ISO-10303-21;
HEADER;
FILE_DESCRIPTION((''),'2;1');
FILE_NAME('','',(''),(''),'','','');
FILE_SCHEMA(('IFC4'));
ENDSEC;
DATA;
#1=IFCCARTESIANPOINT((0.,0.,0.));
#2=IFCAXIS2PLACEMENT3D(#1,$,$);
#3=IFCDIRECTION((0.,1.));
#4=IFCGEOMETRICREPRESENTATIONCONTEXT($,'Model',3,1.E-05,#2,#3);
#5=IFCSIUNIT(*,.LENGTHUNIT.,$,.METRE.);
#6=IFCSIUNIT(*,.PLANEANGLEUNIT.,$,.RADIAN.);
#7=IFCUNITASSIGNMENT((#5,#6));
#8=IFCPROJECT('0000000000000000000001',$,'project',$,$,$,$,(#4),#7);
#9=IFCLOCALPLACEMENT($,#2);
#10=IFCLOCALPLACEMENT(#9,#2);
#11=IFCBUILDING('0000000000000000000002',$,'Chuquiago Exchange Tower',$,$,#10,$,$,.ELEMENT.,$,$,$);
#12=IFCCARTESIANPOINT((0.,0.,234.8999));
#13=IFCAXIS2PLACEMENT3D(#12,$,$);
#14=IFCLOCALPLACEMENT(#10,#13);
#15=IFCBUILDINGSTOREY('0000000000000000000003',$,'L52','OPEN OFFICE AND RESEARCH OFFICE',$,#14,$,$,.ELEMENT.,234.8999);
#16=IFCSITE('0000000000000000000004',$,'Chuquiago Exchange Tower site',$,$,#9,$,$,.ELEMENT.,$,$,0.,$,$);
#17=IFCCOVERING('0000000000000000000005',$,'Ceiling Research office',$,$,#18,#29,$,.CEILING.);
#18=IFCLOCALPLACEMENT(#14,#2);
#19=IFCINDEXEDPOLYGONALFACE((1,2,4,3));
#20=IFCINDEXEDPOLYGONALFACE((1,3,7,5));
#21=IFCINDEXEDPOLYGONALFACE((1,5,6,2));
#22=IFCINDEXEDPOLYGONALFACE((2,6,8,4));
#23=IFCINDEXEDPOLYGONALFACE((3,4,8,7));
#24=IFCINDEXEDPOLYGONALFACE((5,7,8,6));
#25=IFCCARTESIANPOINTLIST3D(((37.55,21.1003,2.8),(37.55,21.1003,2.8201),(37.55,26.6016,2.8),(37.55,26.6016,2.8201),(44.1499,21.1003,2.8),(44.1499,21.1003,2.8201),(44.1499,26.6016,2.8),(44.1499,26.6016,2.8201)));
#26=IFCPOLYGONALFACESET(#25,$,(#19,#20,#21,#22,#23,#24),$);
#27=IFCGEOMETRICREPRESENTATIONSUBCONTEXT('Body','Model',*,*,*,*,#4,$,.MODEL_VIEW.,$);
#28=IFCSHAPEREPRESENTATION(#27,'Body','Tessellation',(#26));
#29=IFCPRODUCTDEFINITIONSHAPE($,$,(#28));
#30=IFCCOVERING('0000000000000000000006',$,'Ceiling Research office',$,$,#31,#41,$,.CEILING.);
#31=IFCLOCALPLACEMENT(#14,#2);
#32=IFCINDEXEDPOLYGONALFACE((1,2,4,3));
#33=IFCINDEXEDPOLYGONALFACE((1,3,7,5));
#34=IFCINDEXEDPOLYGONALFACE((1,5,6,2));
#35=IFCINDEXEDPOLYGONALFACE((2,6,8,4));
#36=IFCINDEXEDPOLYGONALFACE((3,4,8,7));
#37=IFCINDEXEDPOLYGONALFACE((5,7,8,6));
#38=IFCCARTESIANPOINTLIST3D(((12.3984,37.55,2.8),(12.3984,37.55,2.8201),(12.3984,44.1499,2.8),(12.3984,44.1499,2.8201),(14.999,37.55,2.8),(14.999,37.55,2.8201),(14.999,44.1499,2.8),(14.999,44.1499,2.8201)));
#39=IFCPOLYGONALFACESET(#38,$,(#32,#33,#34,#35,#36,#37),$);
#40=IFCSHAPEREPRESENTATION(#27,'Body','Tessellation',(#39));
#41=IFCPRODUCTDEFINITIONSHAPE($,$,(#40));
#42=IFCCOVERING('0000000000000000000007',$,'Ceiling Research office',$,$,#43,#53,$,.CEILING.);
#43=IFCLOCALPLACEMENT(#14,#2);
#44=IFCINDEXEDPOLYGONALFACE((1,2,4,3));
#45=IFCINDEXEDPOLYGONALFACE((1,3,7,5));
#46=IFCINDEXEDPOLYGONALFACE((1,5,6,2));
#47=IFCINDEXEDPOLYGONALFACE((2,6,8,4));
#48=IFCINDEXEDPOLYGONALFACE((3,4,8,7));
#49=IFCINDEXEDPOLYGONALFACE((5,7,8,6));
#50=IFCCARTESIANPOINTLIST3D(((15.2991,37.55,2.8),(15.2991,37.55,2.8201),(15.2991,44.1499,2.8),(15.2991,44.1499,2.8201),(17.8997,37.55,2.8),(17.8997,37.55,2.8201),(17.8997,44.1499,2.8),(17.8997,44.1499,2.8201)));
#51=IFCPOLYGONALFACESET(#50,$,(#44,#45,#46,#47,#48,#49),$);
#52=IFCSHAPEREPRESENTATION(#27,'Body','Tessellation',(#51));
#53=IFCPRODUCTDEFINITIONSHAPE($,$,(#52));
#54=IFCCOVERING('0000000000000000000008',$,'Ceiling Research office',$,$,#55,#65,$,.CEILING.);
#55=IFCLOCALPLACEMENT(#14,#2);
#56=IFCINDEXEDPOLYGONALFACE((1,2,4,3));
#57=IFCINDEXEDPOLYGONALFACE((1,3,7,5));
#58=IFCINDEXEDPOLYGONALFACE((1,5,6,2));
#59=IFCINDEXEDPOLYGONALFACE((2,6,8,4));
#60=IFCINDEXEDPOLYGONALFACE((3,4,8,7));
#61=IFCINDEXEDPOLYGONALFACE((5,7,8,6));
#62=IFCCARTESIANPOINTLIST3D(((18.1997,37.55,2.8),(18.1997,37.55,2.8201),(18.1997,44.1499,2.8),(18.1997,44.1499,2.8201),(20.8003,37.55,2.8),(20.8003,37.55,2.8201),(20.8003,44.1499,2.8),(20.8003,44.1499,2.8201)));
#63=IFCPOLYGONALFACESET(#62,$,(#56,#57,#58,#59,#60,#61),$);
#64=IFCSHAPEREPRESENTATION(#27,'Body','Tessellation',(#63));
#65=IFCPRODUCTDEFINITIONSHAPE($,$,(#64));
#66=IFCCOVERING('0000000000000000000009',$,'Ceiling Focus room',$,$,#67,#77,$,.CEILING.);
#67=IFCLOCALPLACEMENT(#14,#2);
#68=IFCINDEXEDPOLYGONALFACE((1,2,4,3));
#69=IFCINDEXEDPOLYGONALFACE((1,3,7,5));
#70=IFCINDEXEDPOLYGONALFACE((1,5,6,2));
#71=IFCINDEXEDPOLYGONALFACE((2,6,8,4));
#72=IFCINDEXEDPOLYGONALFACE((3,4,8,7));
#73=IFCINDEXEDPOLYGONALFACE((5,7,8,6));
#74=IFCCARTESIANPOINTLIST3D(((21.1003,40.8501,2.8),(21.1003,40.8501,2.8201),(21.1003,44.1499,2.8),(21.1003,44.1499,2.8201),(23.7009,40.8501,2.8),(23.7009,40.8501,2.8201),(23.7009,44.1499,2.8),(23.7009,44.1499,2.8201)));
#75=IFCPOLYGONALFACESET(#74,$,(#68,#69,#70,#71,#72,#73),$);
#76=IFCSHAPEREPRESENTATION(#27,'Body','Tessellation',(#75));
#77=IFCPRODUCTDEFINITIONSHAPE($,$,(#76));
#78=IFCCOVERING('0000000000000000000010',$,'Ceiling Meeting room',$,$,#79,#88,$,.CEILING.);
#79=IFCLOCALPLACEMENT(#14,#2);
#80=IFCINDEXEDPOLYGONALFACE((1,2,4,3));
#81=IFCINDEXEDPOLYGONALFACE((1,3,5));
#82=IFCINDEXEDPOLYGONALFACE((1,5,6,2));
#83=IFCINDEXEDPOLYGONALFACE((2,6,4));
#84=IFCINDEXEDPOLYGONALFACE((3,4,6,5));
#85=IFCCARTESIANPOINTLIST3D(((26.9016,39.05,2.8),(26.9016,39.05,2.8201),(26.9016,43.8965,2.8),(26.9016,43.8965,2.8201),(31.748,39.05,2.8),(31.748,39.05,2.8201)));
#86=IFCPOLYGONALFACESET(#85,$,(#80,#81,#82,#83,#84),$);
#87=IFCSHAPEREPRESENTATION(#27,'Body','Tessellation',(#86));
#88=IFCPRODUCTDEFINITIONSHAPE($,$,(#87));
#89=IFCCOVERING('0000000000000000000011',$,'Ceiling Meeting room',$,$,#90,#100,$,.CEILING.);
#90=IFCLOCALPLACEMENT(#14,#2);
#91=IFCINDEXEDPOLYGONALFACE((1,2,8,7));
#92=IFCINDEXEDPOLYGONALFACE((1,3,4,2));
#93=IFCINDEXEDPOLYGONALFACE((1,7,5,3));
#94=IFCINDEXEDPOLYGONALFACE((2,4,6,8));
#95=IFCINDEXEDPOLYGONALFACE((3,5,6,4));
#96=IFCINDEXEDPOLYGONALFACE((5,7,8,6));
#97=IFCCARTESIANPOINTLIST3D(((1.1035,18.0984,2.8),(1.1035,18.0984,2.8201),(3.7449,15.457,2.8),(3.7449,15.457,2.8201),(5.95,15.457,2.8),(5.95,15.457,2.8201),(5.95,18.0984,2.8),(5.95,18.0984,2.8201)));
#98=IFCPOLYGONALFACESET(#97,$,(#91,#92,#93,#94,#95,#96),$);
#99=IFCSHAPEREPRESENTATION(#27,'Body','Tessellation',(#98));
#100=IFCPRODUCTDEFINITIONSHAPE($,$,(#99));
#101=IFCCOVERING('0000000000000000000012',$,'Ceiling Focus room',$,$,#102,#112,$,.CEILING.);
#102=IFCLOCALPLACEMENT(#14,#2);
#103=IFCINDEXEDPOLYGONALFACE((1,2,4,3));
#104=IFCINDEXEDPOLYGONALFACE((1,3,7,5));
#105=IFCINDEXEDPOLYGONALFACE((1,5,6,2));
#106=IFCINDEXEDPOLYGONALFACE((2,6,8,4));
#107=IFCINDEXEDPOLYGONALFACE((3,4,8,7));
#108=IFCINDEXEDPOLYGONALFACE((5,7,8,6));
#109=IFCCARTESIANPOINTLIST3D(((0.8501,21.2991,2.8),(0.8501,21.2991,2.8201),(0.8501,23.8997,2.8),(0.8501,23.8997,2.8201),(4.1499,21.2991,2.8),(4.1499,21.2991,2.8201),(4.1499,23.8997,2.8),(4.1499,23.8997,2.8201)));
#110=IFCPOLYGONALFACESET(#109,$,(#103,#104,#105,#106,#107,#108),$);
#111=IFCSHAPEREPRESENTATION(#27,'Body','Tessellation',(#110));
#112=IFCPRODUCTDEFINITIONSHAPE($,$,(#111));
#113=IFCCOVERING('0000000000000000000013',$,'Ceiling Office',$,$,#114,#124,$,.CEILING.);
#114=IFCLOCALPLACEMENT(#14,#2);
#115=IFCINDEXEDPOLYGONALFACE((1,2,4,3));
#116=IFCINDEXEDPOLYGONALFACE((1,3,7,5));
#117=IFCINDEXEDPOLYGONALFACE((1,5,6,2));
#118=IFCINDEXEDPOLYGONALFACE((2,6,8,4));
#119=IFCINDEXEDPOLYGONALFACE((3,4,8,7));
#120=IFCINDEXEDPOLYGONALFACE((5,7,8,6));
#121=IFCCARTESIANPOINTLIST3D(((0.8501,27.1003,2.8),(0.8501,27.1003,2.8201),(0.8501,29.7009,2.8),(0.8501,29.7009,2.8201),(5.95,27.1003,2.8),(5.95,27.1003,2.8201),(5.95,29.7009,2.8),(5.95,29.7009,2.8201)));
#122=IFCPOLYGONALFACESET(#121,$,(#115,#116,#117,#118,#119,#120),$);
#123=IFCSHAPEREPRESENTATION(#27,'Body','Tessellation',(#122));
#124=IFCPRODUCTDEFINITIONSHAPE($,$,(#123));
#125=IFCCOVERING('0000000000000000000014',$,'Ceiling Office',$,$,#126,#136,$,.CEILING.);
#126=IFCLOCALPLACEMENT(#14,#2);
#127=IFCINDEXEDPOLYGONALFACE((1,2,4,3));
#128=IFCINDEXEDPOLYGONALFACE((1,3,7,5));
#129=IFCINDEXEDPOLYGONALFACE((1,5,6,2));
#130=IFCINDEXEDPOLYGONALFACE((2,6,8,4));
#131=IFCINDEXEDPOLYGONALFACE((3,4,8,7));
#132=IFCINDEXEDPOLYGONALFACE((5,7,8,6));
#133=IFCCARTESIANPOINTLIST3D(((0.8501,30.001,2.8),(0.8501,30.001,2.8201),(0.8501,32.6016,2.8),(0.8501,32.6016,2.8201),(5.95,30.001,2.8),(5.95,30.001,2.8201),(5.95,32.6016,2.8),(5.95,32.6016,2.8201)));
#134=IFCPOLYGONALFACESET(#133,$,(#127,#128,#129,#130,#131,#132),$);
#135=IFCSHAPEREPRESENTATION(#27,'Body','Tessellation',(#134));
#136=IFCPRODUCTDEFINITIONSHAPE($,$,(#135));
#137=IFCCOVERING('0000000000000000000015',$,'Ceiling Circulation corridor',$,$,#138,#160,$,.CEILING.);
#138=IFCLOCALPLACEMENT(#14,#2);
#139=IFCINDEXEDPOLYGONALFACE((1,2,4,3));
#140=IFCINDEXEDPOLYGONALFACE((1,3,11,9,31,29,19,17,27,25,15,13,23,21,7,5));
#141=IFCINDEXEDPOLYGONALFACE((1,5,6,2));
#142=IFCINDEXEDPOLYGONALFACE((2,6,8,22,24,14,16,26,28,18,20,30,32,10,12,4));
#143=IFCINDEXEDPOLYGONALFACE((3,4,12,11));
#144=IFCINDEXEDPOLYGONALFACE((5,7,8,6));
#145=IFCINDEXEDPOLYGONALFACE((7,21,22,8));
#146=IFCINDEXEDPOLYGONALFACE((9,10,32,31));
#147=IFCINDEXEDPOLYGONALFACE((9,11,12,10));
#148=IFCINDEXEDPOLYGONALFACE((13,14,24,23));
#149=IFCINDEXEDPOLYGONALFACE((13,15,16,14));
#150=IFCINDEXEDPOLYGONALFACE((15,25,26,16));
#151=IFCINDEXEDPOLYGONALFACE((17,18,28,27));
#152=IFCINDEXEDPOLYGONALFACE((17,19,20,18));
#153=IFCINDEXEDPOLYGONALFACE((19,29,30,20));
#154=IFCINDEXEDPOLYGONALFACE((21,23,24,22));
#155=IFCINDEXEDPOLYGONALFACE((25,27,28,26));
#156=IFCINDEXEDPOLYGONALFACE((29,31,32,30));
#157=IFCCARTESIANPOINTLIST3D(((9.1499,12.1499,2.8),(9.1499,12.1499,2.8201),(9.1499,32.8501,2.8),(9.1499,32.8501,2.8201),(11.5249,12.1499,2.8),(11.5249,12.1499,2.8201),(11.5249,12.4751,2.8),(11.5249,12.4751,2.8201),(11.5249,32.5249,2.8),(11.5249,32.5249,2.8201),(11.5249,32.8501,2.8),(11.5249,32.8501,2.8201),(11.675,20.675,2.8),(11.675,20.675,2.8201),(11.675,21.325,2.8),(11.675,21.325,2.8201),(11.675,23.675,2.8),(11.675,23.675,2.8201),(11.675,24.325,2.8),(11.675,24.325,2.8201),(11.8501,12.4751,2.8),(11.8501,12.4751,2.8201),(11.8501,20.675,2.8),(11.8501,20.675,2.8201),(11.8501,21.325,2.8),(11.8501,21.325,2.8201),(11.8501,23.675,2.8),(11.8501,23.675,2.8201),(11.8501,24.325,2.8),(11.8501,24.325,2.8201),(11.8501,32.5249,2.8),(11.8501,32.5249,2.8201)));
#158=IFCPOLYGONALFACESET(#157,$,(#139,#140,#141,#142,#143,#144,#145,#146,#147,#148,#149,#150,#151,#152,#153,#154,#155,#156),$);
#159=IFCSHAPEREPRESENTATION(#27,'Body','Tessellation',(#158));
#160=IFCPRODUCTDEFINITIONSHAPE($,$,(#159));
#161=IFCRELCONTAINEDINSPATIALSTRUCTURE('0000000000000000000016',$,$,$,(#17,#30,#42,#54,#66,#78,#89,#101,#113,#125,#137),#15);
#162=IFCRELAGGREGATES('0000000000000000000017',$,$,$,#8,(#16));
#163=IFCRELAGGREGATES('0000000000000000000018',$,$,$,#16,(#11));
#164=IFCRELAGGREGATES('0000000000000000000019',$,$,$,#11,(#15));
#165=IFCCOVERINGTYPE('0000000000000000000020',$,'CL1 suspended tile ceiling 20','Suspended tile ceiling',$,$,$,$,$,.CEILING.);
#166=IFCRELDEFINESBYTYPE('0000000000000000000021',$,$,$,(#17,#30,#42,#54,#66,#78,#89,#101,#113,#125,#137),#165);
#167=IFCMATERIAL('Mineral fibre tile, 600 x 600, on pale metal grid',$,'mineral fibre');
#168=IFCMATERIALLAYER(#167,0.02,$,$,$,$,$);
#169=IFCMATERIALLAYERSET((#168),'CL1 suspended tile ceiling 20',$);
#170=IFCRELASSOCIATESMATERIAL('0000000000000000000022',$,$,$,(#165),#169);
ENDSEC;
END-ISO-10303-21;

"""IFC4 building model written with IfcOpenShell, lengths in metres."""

from ifc_helpers import new_model, si_unit, direction, frame, origin, place, context, subcontext, project, spatial, polyline, outline, extrude, material, layer, layer_set, type_object, element, save


model = new_model("IFC4")

# Units and contexts
model_context = context("Model", 3, precision=1e-05, world=origin(), true_north=direction((0.0, 1.0)))
body_context = subcontext(model_context, "Body", "Model", "MODEL_VIEW")
ifc_project = project(units=[si_unit("LENGTHUNIT", "METRE"), si_unit("PLANEANGLEUNIT", "RADIAN")], contexts=[model_context])

# Site, building, storey
site_placement = place(None, origin())
site = spatial("IfcSite", under=ifc_project, at=site_placement, Name="Chuquiago Exchange Tower site", CompositionType="ELEMENT", RefElevation=0.0)
building_placement = place(site_placement, origin())
building = spatial("IfcBuilding", under=site, at=building_placement, Name="Chuquiago Exchange Tower", CompositionType="ELEMENT")
storey_placement = place(building_placement, frame((0.0, 0.0, 234.8999)))
storey = spatial("IfcBuildingStorey", under=building, at=storey_placement, Name="L52", Description="OPEN OFFICE AND RESEARCH OFFICE", CompositionType="ELEMENT", Elevation=234.8999)

# Coverings
ifc_material_1 = material(Name="Mineral fibre tile, 600 x 600, on pale metal grid", Category="mineral fibre")
ifc_layer_1 = layer(ifc_material_1, 0.02)
ifc_layer_set_1 = layer_set([ifc_layer_1], Name="CL1 suspended tile ceiling 20")
covering_type_1 = type_object("IfcCoveringType", Name="CL1 suspended tile ceiling 20", Description="Suspended tile ceiling", PredefinedType="CEILING", material=ifc_layer_set_1)
covering_1_placement = place(storey_placement, frame((0.0, 0.0, 2.8)))
element("IfcCovering", 1, at=covering_1_placement, inside=storey, type_object=covering_type_1, Name="Ceiling Research office", PredefinedType="CEILING", context=body_context, shape_type="SweptSolid", body=[
    extrude(outline(polyline([(44.1499, 21.1003), (37.55, 21.1003), (37.55, 26.6016), (44.1499, 26.6016), (44.1499, 21.1003)])), origin(), (0.0, 0.0, 1.0), 0.02),
])
covering_2_placement = place(storey_placement, frame((0.0, 0.0, 2.8)))
element("IfcCovering", 2, at=covering_2_placement, inside=storey, type_object=covering_type_1, Name="Ceiling Research office", PredefinedType="CEILING", context=body_context, shape_type="SweptSolid", body=[
    extrude(outline(polyline([(14.999, 44.1499), (14.999, 37.55), (12.3984, 37.55), (12.3984, 44.1499), (14.999, 44.1499)])), origin(), (0.0, 0.0, 1.0), 0.02),
])
covering_3_placement = place(storey_placement, frame((0.0, 0.0, 2.8)))
element("IfcCovering", 3, at=covering_3_placement, inside=storey, type_object=covering_type_1, Name="Ceiling Research office", PredefinedType="CEILING", context=body_context, shape_type="SweptSolid", body=[
    extrude(outline(polyline([(17.8997, 37.55), (15.2991, 37.55), (15.2991, 44.1499), (17.8997, 44.1499), (17.8997, 37.55)])), origin(), (0.0, 0.0, 1.0), 0.02),
])
covering_4_placement = place(storey_placement, frame((0.0, 0.0, 2.8)))
element("IfcCovering", 4, at=covering_4_placement, inside=storey, type_object=covering_type_1, Name="Ceiling Research office", PredefinedType="CEILING", context=body_context, shape_type="SweptSolid", body=[
    extrude(outline(polyline([(20.8003, 37.55), (18.1997, 37.55), (18.1997, 44.1499), (20.8003, 44.1499), (20.8003, 37.55)])), origin(), (0.0, 0.0, 1.0), 0.02),
])
covering_5_placement = place(storey_placement, frame((0.0, 0.0, 2.8)))
element("IfcCovering", 5, at=covering_5_placement, inside=storey, type_object=covering_type_1, Name="Ceiling Focus room", PredefinedType="CEILING", context=body_context, shape_type="SweptSolid", body=[
    extrude(outline(polyline([(23.7009, 40.8501), (21.1003, 40.8501), (21.1003, 44.1499), (23.7009, 44.1499), (23.7009, 40.8501)])), origin(), (0.0, 0.0, 1.0), 0.02),
])
covering_6_placement = place(storey_placement, frame((0.0, 0.0, 2.8)))
element("IfcCovering", 6, at=covering_6_placement, inside=storey, type_object=covering_type_1, Name="Ceiling Meeting room", PredefinedType="CEILING", context=body_context, shape_type="SweptSolid", body=[
    extrude(outline(polyline([(26.9016, 39.05), (26.9016, 43.8965), (31.748, 39.05), (26.9016, 39.05)])), origin(), (0.0, 0.0, 1.0), 0.02),
])
covering_7_placement = place(storey_placement, frame((0.0, 0.0, 2.8)))
element("IfcCovering", 7, at=covering_7_placement, inside=storey, type_object=covering_type_1, Name="Ceiling Meeting room", PredefinedType="CEILING", context=body_context, shape_type="SweptSolid", body=[
    extrude(outline(polyline([(5.95, 18.0984), (5.95, 15.457), (3.7449, 15.457), (1.1035, 18.0984), (5.95, 18.0984)])), origin(), (0.0, 0.0, 1.0), 0.02),
])
covering_8_placement = place(storey_placement, frame((0.0, 0.0, 2.8)))
element("IfcCovering", 8, at=covering_8_placement, inside=storey, type_object=covering_type_1, Name="Ceiling Focus room", PredefinedType="CEILING", context=body_context, shape_type="SweptSolid", body=[
    extrude(outline(polyline([(4.1499, 23.8997), (4.1499, 21.2991), (0.8501, 21.2991), (0.8501, 23.8997), (4.1499, 23.8997)])), origin(), (0.0, 0.0, 1.0), 0.02),
])
covering_9_placement = place(storey_placement, frame((0.0, 0.0, 2.8)))
element("IfcCovering", 9, at=covering_9_placement, inside=storey, type_object=covering_type_1, Name="Ceiling Office", PredefinedType="CEILING", context=body_context, shape_type="SweptSolid", body=[
    extrude(outline(polyline([(5.95, 29.7009), (5.95, 27.1003), (0.8501, 27.1003), (0.8501, 29.7009), (5.95, 29.7009)])), origin(), (0.0, 0.0, 1.0), 0.02),
])
covering_10_placement = place(storey_placement, frame((0.0, 0.0, 2.8)))
element("IfcCovering", 10, at=covering_10_placement, inside=storey, type_object=covering_type_1, Name="Ceiling Office", PredefinedType="CEILING", context=body_context, shape_type="SweptSolid", body=[
    extrude(outline(polyline([(5.95, 32.6016), (5.95, 30.001), (0.8501, 30.001), (0.8501, 32.6016), (5.95, 32.6016)])), origin(), (0.0, 0.0, 1.0), 0.02),
])
covering_11_placement = place(storey_placement, frame((0.0, 0.0, 2.8)))
element("IfcCovering", 11, at=covering_11_placement, inside=storey, type_object=covering_type_1, Name="Ceiling Circulation corridor", PredefinedType="CEILING", context=body_context, shape_type="SweptSolid", body=[
    extrude(outline(polyline([(9.1499, 12.1499), (9.1499, 32.8501), (11.5249, 32.8501), (11.5249, 32.5249), (11.8501, 32.5249), (11.8501, 24.325), (11.675, 24.325), (11.675, 23.675), (11.8501, 23.675), (11.8501, 21.325), (11.675, 21.325), (11.675, 20.675), (11.8501, 20.675), (11.8501, 12.4751), (11.5249, 12.4751), (11.5249, 12.1499), (9.1499, 12.1499)])), origin(), (0.0, 0.0, 1.0), 0.02),
])

save(model, "model.ifc")
